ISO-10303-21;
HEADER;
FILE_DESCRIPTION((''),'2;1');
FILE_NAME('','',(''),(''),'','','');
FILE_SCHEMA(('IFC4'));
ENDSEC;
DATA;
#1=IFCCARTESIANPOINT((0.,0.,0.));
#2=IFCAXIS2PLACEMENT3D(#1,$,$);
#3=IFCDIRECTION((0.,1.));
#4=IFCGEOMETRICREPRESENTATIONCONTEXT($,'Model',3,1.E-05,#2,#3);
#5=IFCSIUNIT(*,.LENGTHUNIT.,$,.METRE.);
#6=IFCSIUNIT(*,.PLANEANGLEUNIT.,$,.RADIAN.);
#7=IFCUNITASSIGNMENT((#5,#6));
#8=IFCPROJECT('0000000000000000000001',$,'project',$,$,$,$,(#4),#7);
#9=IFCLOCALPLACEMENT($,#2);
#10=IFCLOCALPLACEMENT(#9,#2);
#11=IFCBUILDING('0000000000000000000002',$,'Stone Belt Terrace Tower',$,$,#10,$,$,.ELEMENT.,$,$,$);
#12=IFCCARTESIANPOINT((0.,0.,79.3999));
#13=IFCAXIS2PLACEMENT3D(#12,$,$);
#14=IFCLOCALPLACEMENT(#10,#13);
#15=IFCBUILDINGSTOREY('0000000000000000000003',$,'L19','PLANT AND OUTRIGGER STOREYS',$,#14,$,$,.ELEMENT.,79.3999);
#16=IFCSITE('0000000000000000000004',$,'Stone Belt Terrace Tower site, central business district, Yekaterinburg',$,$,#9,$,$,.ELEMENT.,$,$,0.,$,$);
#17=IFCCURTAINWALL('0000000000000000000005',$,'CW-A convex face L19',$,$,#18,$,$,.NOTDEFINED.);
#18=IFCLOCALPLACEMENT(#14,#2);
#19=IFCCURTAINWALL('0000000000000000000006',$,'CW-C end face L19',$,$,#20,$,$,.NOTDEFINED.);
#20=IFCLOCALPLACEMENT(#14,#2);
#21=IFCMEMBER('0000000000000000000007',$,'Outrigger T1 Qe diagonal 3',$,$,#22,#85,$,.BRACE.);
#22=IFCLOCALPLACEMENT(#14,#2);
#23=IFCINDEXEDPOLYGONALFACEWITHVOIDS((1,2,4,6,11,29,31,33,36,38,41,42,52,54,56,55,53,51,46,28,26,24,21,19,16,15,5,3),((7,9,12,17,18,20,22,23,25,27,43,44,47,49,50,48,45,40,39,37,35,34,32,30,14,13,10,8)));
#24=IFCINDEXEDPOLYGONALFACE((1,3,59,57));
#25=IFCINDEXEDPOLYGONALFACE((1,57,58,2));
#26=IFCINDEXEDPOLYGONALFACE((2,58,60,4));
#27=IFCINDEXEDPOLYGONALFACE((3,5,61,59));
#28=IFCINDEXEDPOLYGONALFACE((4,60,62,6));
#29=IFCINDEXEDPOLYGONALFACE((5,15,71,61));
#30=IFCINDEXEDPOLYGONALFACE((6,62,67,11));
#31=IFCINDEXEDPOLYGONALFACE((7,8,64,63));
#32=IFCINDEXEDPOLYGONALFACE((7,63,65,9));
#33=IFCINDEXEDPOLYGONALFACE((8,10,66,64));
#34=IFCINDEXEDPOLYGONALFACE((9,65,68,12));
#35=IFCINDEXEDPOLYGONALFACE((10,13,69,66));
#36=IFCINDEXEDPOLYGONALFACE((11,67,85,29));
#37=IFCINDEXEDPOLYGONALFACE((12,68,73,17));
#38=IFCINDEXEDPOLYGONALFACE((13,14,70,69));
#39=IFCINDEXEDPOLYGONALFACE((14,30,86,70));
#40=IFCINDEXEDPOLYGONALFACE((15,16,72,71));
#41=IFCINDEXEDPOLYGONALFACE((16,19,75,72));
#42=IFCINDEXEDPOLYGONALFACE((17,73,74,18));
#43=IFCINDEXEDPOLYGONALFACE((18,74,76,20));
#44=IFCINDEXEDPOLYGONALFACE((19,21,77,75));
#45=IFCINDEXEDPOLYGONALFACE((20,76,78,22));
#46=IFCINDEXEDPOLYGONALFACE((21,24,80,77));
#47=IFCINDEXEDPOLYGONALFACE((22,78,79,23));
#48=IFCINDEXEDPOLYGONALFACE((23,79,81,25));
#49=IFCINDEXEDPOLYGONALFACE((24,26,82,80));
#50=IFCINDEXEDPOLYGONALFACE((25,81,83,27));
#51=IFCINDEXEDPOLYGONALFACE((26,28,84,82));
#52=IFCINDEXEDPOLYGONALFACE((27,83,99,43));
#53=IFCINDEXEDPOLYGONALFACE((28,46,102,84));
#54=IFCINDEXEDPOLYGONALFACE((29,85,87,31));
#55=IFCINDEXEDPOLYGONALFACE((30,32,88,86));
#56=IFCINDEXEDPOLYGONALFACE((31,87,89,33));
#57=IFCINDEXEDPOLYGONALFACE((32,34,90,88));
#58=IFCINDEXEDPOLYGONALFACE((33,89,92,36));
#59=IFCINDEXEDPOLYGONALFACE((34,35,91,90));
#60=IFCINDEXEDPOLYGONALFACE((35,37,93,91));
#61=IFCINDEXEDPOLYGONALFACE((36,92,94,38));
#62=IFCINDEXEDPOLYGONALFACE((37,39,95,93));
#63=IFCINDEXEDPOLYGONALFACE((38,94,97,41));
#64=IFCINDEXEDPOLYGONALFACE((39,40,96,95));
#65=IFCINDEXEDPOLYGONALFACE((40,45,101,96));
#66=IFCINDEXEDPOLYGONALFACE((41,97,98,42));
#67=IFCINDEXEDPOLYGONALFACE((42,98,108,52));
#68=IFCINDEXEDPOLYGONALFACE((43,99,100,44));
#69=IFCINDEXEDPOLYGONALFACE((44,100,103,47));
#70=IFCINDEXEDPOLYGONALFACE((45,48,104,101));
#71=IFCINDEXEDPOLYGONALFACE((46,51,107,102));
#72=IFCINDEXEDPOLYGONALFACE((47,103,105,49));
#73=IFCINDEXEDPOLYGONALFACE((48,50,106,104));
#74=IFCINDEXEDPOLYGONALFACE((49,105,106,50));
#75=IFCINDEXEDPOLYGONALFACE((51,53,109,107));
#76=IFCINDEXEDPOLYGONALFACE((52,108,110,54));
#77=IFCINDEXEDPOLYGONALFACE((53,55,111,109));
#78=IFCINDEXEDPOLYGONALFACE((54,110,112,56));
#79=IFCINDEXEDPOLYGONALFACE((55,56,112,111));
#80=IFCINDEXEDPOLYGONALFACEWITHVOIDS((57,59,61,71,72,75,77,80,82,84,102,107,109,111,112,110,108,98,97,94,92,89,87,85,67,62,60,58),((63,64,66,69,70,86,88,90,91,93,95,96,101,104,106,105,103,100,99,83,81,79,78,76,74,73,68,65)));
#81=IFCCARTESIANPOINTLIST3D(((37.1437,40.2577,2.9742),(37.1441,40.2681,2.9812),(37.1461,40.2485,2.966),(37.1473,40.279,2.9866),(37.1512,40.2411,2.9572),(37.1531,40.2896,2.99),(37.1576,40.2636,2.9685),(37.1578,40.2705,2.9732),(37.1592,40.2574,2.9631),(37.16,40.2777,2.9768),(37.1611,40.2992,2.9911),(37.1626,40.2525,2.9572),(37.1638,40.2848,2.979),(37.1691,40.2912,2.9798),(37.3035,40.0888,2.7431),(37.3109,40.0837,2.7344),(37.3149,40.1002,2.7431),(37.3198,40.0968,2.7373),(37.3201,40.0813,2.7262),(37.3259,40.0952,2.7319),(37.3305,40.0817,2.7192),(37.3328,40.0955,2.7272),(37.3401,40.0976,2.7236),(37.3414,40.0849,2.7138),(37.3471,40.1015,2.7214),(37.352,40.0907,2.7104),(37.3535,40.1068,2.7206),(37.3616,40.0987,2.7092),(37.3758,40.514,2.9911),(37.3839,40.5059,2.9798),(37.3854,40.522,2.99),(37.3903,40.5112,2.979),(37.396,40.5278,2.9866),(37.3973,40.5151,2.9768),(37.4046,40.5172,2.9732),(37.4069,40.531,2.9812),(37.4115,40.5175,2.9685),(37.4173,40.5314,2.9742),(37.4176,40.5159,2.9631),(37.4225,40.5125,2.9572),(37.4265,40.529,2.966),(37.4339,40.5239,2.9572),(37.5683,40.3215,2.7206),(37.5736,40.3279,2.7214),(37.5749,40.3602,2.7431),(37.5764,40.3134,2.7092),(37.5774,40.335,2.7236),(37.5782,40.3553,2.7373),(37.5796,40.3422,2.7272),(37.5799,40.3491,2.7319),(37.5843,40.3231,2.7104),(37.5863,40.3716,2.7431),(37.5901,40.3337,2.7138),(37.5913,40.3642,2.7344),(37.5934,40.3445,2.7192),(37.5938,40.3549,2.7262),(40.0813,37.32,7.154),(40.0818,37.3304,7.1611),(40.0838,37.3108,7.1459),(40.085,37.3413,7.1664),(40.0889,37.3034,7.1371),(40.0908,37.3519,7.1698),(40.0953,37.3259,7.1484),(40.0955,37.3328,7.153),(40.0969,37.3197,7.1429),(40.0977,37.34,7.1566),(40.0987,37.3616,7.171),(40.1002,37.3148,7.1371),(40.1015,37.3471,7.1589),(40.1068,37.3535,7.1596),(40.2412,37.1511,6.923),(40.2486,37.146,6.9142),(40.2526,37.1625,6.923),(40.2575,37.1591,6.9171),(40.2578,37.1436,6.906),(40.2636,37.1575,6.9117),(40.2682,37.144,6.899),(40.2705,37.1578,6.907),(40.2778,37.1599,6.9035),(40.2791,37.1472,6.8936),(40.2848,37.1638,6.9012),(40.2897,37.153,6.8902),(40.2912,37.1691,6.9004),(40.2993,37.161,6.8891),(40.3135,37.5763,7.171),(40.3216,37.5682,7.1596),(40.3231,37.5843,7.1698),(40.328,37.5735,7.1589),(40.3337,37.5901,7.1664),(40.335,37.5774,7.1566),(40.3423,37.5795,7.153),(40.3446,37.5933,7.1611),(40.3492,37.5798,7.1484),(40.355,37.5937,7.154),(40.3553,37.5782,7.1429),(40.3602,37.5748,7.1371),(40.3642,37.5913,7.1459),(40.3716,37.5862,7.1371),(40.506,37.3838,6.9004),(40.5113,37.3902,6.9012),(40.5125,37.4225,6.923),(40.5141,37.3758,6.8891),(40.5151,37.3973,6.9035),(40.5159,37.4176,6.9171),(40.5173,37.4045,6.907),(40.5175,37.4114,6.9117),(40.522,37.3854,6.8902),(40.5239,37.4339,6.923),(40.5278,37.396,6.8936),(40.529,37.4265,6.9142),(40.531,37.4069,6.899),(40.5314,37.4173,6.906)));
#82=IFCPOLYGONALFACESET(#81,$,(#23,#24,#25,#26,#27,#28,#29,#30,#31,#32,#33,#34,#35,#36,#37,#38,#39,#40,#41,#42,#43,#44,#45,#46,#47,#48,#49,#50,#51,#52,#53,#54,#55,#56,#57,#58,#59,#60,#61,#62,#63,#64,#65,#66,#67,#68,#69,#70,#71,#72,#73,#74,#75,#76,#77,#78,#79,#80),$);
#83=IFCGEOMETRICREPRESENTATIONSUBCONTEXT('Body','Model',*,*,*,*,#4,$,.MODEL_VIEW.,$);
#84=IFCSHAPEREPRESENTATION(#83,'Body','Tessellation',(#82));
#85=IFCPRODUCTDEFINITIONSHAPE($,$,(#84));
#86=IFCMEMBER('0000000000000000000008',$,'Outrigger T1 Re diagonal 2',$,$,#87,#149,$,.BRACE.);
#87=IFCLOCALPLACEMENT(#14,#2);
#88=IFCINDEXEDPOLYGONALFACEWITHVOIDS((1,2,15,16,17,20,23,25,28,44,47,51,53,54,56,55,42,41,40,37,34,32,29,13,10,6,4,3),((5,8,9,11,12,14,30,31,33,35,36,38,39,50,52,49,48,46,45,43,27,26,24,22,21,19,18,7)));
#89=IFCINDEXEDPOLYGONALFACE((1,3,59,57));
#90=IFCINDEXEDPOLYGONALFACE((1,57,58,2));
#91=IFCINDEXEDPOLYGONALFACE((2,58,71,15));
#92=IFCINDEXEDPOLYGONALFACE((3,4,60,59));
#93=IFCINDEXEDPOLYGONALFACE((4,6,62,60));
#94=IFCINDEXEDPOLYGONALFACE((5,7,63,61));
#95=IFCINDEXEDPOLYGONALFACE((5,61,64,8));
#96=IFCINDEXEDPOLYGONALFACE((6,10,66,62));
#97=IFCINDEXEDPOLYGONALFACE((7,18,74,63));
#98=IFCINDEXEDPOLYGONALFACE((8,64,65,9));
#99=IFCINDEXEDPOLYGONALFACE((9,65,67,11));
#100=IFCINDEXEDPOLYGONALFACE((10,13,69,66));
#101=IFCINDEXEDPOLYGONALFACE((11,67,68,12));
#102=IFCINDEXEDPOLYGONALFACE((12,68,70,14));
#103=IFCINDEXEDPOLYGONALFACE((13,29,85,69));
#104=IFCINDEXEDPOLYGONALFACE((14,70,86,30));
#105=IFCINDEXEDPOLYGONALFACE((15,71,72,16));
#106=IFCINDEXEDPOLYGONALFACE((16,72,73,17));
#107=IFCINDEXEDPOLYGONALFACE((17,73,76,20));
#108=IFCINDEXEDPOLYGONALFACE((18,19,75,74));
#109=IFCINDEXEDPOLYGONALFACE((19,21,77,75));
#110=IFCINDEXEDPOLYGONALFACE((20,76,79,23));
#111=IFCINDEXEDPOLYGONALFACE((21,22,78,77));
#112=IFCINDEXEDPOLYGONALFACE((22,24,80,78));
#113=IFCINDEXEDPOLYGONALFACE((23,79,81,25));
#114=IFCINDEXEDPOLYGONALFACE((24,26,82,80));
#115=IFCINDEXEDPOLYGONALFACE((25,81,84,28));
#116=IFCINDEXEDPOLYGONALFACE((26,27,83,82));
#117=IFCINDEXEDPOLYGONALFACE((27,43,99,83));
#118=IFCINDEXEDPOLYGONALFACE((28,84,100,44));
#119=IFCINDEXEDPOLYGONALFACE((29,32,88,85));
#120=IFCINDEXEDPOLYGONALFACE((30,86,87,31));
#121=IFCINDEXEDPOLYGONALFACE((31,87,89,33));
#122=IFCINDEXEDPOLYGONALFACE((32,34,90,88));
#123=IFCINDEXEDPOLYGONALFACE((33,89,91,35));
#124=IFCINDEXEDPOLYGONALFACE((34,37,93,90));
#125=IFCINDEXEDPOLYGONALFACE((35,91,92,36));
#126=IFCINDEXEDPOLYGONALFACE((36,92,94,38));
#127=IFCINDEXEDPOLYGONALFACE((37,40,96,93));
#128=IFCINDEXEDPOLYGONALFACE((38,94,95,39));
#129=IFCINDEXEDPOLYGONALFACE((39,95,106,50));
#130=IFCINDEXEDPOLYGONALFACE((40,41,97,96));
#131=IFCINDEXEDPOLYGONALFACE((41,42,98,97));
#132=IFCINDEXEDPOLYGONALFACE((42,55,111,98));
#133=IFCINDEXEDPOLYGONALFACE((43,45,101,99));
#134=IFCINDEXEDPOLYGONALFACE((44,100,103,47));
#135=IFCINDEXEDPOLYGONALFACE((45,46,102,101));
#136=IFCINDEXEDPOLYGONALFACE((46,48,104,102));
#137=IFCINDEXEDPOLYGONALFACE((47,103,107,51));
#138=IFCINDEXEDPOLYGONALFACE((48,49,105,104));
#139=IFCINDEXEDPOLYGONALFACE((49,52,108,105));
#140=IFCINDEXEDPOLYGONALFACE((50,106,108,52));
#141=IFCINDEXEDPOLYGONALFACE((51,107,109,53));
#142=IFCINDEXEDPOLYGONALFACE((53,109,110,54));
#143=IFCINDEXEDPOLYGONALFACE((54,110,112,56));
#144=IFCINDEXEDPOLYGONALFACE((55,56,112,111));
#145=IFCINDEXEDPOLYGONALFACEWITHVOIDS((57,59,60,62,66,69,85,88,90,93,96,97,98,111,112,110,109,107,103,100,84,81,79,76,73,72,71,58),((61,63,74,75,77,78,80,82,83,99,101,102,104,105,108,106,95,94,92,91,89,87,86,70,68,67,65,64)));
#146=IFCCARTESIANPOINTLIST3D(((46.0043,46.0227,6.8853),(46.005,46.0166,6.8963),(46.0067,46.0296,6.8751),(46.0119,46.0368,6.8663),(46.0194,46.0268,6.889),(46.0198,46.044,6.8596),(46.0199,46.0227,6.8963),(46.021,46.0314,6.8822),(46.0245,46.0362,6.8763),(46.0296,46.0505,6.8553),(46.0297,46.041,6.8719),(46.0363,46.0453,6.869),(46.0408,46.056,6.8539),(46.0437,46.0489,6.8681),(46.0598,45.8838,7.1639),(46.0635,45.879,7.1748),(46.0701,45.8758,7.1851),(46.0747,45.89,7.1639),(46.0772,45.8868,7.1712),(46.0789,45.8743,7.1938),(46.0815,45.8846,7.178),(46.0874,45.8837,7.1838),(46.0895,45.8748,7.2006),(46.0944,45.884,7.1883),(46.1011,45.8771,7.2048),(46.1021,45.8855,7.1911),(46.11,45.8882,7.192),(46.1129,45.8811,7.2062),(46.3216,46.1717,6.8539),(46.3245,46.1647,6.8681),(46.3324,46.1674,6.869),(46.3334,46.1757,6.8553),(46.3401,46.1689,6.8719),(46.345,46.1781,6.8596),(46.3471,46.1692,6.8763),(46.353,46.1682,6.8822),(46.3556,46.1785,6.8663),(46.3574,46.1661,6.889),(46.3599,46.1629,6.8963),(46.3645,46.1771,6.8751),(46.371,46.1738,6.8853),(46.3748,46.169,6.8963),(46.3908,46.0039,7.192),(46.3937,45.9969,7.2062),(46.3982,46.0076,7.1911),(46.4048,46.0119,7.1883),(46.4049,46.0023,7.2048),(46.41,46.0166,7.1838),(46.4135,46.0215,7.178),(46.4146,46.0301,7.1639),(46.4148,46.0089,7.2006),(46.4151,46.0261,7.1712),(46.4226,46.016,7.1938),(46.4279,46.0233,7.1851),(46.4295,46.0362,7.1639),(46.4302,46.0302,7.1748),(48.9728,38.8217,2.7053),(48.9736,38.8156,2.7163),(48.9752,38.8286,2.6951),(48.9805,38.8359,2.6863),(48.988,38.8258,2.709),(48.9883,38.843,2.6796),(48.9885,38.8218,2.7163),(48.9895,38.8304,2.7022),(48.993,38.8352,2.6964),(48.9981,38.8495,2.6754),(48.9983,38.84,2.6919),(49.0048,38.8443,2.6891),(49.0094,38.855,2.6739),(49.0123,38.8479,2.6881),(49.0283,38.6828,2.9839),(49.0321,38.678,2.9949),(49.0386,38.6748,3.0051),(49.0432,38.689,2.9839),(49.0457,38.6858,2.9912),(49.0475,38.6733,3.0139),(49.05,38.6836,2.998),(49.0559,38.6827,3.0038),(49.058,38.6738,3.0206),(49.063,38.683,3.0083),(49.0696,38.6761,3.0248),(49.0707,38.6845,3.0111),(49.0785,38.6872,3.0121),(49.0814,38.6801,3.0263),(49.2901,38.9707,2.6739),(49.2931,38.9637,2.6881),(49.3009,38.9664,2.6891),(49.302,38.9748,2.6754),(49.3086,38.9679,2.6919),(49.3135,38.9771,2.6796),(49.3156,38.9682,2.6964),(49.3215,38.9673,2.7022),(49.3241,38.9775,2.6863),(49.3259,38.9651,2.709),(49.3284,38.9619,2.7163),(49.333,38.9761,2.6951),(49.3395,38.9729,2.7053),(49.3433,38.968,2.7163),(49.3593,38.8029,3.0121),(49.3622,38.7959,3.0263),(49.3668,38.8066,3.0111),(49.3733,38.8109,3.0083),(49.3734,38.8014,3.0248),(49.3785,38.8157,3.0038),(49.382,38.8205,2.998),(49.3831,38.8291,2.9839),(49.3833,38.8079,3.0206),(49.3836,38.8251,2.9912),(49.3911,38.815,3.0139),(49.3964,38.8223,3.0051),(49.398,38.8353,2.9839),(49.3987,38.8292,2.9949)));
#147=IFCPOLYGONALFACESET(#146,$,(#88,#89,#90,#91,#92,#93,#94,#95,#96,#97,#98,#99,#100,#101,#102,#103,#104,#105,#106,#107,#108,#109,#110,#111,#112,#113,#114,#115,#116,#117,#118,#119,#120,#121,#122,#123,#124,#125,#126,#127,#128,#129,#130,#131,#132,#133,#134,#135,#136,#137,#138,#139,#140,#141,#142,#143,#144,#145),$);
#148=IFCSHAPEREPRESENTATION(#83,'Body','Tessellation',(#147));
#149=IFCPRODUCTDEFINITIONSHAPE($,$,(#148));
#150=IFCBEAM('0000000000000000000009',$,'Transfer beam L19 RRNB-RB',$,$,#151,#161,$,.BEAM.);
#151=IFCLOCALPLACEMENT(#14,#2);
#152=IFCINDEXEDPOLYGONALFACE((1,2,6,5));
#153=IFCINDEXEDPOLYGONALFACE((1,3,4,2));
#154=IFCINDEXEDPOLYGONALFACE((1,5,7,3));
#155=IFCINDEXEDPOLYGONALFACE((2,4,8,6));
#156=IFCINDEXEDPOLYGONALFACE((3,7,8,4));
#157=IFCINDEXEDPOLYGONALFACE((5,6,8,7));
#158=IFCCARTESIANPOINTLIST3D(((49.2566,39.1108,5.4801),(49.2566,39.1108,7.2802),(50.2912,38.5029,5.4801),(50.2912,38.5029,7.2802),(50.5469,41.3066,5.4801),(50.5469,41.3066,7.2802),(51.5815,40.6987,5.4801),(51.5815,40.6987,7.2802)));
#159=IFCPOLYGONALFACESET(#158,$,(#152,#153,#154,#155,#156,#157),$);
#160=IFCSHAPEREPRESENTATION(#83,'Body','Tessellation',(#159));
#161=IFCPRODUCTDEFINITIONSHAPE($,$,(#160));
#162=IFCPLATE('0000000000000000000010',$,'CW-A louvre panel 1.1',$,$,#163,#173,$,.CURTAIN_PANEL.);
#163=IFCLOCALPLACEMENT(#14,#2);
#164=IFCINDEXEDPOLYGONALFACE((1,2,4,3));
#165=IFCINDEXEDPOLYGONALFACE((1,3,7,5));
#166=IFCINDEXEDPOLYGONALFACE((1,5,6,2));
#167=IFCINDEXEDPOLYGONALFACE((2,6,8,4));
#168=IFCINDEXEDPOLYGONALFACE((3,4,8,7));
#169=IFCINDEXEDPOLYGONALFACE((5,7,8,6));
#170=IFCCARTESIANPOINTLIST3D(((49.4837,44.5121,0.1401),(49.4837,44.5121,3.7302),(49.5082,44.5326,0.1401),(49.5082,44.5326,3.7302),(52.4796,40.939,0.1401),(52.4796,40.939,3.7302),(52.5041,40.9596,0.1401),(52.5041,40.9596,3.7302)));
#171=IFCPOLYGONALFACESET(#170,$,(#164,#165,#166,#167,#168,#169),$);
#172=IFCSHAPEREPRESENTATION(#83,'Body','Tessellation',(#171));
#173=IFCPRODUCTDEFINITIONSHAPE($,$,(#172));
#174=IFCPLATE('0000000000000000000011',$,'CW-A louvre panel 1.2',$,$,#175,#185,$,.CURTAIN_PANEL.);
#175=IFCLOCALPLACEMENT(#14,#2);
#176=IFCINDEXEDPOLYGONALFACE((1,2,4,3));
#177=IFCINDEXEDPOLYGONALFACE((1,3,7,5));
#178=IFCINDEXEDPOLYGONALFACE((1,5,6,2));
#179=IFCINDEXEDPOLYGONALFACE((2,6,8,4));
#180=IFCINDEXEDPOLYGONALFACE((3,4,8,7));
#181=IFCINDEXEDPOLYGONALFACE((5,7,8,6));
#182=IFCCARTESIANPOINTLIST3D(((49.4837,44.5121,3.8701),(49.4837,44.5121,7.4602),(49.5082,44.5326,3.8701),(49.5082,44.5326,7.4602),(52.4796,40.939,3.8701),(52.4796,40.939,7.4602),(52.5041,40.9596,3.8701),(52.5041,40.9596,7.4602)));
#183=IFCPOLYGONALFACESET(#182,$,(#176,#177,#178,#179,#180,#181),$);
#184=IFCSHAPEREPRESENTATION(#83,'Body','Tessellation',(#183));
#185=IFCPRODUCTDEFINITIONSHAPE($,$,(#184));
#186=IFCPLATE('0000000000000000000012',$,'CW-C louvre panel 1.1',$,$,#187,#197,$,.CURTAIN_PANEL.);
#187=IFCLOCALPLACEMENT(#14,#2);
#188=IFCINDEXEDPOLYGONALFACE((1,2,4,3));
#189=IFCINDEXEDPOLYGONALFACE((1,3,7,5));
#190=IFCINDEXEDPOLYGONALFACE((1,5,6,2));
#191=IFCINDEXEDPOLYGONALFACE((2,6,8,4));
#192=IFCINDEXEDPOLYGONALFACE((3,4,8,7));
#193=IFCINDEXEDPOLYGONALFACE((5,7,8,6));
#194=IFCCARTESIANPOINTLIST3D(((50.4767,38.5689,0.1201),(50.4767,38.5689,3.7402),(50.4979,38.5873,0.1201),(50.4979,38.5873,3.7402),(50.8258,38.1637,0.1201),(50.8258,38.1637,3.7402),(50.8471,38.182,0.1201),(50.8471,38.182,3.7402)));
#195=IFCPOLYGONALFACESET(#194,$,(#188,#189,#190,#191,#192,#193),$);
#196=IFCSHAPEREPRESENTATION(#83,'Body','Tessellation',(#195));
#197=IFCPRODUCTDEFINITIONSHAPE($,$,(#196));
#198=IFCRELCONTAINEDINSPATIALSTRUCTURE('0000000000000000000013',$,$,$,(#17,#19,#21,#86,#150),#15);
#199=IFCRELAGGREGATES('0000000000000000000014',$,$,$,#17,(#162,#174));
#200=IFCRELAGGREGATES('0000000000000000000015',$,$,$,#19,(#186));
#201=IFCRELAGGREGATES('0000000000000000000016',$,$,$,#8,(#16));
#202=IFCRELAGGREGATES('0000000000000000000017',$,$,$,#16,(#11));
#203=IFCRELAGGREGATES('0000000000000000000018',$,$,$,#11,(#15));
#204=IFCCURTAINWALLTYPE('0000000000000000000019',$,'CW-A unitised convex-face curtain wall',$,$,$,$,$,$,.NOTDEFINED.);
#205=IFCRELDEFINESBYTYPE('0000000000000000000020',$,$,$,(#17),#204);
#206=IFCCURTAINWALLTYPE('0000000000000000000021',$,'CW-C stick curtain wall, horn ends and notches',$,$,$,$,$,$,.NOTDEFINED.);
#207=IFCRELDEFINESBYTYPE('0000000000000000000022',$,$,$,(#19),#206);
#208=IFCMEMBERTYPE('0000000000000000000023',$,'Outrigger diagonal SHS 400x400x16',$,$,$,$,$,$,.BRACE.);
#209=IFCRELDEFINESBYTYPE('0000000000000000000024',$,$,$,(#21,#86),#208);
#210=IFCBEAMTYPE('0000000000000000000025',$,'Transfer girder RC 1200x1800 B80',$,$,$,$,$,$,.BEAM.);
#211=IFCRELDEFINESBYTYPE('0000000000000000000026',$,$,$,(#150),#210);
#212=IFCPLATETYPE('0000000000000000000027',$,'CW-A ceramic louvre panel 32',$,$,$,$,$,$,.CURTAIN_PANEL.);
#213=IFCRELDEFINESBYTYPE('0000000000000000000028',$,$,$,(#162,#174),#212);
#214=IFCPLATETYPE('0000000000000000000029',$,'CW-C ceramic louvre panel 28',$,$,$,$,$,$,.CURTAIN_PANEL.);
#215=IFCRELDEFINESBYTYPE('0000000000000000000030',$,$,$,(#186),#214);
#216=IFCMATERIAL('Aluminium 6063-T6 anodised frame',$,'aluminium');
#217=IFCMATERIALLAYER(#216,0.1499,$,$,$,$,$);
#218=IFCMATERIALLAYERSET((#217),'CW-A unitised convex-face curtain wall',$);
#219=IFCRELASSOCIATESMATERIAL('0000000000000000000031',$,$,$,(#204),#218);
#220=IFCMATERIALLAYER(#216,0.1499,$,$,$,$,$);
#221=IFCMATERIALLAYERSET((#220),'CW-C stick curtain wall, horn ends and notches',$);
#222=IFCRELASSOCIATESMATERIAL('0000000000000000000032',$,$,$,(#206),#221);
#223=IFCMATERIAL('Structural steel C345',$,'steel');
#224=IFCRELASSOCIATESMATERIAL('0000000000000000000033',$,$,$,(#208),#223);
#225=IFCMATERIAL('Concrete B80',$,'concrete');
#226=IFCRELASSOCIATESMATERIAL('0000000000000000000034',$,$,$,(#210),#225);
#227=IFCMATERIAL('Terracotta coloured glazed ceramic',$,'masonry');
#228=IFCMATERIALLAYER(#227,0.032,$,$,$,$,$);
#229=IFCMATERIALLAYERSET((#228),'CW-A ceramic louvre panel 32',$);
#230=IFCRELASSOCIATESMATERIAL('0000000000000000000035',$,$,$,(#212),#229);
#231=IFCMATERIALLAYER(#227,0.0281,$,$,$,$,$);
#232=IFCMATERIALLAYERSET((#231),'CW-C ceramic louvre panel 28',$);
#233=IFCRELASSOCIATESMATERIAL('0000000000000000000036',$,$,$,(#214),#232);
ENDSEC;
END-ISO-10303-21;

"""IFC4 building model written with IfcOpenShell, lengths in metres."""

from ifc_helpers import new_model, si_unit, direction, frame, origin, origin_2d, place, context, subcontext, project, spatial, rectangle, hollow_rectangle, extrude, material, layer, layer_set, material_profile, profile_set, type_object, element, aggregate, save


model = new_model("IFC4")

# Units and contexts
model_context = context("Model", 3, precision=1e-05, world=origin(), true_north=direction((0.0, 1.0)))
body_context = subcontext(model_context, "Body", "Model", "MODEL_VIEW")
ifc_project = project(units=[si_unit("LENGTHUNIT", "METRE"), si_unit("PLANEANGLEUNIT", "RADIAN")], contexts=[model_context])

# Site, building, storey
site_placement = place(None, origin())
site = spatial("IfcSite", under=ifc_project, at=site_placement, Name="Stone Belt Terrace Tower site, central business district, Yekaterinburg", CompositionType="ELEMENT", RefElevation=0.0)
building_placement = place(site_placement, origin())
building = spatial("IfcBuilding", under=site, at=building_placement, Name="Stone Belt Terrace Tower", CompositionType="ELEMENT")
storey_placement = place(building_placement, frame((0.0, 0.0, 79.3999)))
storey = spatial("IfcBuildingStorey", under=building, at=storey_placement, Name="L19", Description="PLANT AND OUTRIGGER STOREYS", CompositionType="ELEMENT", Elevation=79.3999)

# Shared definitions
ifc_material_1 = material(Name="Concrete B80", Category="concrete")

# Curtain wall
ifc_material_2 = material(Name="Aluminium 6063-T6 anodised frame", Category="aluminium")
ifc_layer_1 = layer(ifc_material_2, 0.1499)
ifc_layer_set_1 = layer_set([ifc_layer_1], Name="CW-A unitised convex-face curtain wall")
curtain_wall_type_1 = type_object("IfcCurtainWallType", Name="CW-A unitised convex-face curtain wall", PredefinedType="NOTDEFINED", material=ifc_layer_set_1)
curtain_wall_1_placement = place(storey_placement, origin())
curtain_wall_1 = element("IfcCurtainWall", 1, at=curtain_wall_1_placement, inside=storey, type_object=curtain_wall_type_1, Name="CW-A convex face L19", PredefinedType="NOTDEFINED")

# Curtain wall
ifc_layer_2 = layer(ifc_material_2, 0.1499)
ifc_layer_set_2 = layer_set([ifc_layer_2], Name="CW-C stick curtain wall, horn ends and notches")
curtain_wall_type_2 = type_object("IfcCurtainWallType", Name="CW-C stick curtain wall, horn ends and notches", PredefinedType="NOTDEFINED", material=ifc_layer_set_2)
curtain_wall_2_placement = place(storey_placement, origin())
curtain_wall_2 = element("IfcCurtainWall", 2, at=curtain_wall_2_placement, inside=storey, type_object=curtain_wall_type_2, Name="CW-C end face L19", PredefinedType="NOTDEFINED")

# Members
ifc_material_3 = material(Name="Structural steel C345", Category="steel")
ifc_material_profile_1 = material_profile(ifc_material_3, hollow_rectangle(XDim=0.3999, YDim=0.3999, WallThickness=0.0161, InnerFilletRadius=0.032, OuterFilletRadius=0.0481, at=origin_2d()), Name="SHS 400x400x16")
ifc_profile_set_1 = profile_set([ifc_material_profile_1], Name="Structural steel C345")
member_type_1 = type_object("IfcMemberType", Name="Outrigger diagonal SHS 400x400x16", PredefinedType="BRACE", material=ifc_profile_set_1)
member_1_placement = place(storey_placement, frame((40.3064, 37.3687, 7.03), z_axis=(-0.498478, 0.498478, -0.709253), x_axis=(-0.707107, -0.707107, 0.0)))
element("IfcMember", 3, at=member_1_placement, inside=storey, type_object=member_type_1, Name="Outrigger T1 Qe diagonal 3", PredefinedType="BRACE", context=body_context, shape_type="SweptSolid", body=[
    extrude(hollow_rectangle(XDim=0.3999, YDim=0.3999, WallThickness=0.0161, InnerFilletRadius=0.032, OuterFilletRadius=0.0481, at=origin_2d()), origin(), (0.0, 0.0, 1.0), 5.8933),
])
member_2_placement = place(storey_placement, frame((49.1858, 38.8254, 2.8501), z_axis=(-0.335822, 0.814628, 0.472868), x_axis=(-0.924524, -0.381125, 0.0)))
element("IfcMember", 4, at=member_2_placement, inside=storey, type_object=member_type_1, Name="Outrigger T1 Re diagonal 2", PredefinedType="BRACE", context=body_context, shape_type="SweptSolid", body=[
    extrude(hollow_rectangle(XDim=0.3999, YDim=0.3999, WallThickness=0.0161, InnerFilletRadius=0.032, OuterFilletRadius=0.0481, at=origin_2d()), origin(), (0.0, 0.0, 1.0), 8.8396),
])

# Beam
ifc_material_profile_2 = material_profile(ifc_material_1, rectangle(XDim=1.2, YDim=1.8, at=origin_2d()), Name="RC 1200x1800")
ifc_profile_set_2 = profile_set([ifc_material_profile_2], Name="Concrete B80")
beam_type = type_object("IfcBeamType", Name="Transfer girder RC 1200x1800 B80", PredefinedType="BEAM", material=ifc_profile_set_2)
beam_placement = place(storey_placement, frame((51.0642, 41.0027, 6.3801), z_axis=(-0.506622, -0.862168, 0.0), x_axis=(0.862168, -0.506622, 0.0)))
element("IfcBeam", 5, at=beam_placement, inside=storey, type_object=beam_type, Name="Transfer beam L19 RRNB-RB", PredefinedType="BEAM", context=body_context, shape_type="SweptSolid", body=[
    extrude(rectangle(XDim=1.2, YDim=1.8, at=origin_2d()), origin(), (0.0, 0.0, 1.0), 2.5469),
])

# Plates
ifc_material_4 = material(Name="Terracotta coloured glazed ceramic", Category="masonry")
ifc_layer_3 = layer(ifc_material_4, 0.032)
ifc_layer_set_3 = layer_set([ifc_layer_3], Name="CW-A ceramic louvre panel 32")
plate_type_1 = type_object("IfcPlateType", Name="CW-A ceramic louvre panel 32", PredefinedType="CURTAIN_PANEL", material=ifc_layer_set_3)
plate_1_placement = place(storey_placement, frame((50.9939, 42.7358, 0.1401), z_axis=(0.0, 0.0, 1.0), x_axis=(-0.642509, 0.766278, 0.0)))
plate_1 = element("IfcPlate", 6, at=plate_1_placement, type_object=plate_type_1, Name="CW-A louvre panel 1.1", PredefinedType="CURTAIN_PANEL", context=body_context, shape_type="SweptSolid", body=[
    extrude(rectangle(XDim=4.6628, YDim=0.032, at=origin_2d()), origin(), (0.0, 0.0, 1.0), 3.5901),
])
plate_2_placement = place(storey_placement, frame((50.9939, 42.7358, 3.8701), z_axis=(0.0, 0.0, 1.0), x_axis=(-0.642509, 0.766278, 0.0)))
plate_2 = element("IfcPlate", 7, at=plate_2_placement, type_object=plate_type_1, Name="CW-A louvre panel 1.2", PredefinedType="CURTAIN_PANEL", context=body_context, shape_type="SweptSolid", body=[
    extrude(rectangle(XDim=4.6628, YDim=0.032, at=origin_2d()), origin(), (0.0, 0.0, 1.0), 3.5901),
])
aggregate(curtain_wall_1, [plate_1, plate_2])
ifc_layer_4 = layer(ifc_material_4, 0.0281)
ifc_layer_set_4 = layer_set([ifc_layer_4], Name="CW-C ceramic louvre panel 28")
plate_type_2 = type_object("IfcPlateType", Name="CW-C ceramic louvre panel 28", PredefinedType="CURTAIN_PANEL", material=ifc_layer_set_4)
plate_3_placement = place(storey_placement, frame((50.6619, 38.3755, 0.1201), z_axis=(0.0, 0.0, 1.0), x_axis=(-0.652738, 0.757584, 0.0)))
plate_3 = element("IfcPlate", 8, at=plate_3_placement, type_object=plate_type_2, Name="CW-C louvre panel 1.1", PredefinedType="CURTAIN_PANEL", context=body_context, shape_type="SweptSolid", body=[
    extrude(rectangle(XDim=0.5349, YDim=0.0281, at=origin_2d()), origin(), (0.0, 0.0, 1.0), 3.6201),
])
aggregate(curtain_wall_2, [plate_3])

save(model, "model.ifc")
